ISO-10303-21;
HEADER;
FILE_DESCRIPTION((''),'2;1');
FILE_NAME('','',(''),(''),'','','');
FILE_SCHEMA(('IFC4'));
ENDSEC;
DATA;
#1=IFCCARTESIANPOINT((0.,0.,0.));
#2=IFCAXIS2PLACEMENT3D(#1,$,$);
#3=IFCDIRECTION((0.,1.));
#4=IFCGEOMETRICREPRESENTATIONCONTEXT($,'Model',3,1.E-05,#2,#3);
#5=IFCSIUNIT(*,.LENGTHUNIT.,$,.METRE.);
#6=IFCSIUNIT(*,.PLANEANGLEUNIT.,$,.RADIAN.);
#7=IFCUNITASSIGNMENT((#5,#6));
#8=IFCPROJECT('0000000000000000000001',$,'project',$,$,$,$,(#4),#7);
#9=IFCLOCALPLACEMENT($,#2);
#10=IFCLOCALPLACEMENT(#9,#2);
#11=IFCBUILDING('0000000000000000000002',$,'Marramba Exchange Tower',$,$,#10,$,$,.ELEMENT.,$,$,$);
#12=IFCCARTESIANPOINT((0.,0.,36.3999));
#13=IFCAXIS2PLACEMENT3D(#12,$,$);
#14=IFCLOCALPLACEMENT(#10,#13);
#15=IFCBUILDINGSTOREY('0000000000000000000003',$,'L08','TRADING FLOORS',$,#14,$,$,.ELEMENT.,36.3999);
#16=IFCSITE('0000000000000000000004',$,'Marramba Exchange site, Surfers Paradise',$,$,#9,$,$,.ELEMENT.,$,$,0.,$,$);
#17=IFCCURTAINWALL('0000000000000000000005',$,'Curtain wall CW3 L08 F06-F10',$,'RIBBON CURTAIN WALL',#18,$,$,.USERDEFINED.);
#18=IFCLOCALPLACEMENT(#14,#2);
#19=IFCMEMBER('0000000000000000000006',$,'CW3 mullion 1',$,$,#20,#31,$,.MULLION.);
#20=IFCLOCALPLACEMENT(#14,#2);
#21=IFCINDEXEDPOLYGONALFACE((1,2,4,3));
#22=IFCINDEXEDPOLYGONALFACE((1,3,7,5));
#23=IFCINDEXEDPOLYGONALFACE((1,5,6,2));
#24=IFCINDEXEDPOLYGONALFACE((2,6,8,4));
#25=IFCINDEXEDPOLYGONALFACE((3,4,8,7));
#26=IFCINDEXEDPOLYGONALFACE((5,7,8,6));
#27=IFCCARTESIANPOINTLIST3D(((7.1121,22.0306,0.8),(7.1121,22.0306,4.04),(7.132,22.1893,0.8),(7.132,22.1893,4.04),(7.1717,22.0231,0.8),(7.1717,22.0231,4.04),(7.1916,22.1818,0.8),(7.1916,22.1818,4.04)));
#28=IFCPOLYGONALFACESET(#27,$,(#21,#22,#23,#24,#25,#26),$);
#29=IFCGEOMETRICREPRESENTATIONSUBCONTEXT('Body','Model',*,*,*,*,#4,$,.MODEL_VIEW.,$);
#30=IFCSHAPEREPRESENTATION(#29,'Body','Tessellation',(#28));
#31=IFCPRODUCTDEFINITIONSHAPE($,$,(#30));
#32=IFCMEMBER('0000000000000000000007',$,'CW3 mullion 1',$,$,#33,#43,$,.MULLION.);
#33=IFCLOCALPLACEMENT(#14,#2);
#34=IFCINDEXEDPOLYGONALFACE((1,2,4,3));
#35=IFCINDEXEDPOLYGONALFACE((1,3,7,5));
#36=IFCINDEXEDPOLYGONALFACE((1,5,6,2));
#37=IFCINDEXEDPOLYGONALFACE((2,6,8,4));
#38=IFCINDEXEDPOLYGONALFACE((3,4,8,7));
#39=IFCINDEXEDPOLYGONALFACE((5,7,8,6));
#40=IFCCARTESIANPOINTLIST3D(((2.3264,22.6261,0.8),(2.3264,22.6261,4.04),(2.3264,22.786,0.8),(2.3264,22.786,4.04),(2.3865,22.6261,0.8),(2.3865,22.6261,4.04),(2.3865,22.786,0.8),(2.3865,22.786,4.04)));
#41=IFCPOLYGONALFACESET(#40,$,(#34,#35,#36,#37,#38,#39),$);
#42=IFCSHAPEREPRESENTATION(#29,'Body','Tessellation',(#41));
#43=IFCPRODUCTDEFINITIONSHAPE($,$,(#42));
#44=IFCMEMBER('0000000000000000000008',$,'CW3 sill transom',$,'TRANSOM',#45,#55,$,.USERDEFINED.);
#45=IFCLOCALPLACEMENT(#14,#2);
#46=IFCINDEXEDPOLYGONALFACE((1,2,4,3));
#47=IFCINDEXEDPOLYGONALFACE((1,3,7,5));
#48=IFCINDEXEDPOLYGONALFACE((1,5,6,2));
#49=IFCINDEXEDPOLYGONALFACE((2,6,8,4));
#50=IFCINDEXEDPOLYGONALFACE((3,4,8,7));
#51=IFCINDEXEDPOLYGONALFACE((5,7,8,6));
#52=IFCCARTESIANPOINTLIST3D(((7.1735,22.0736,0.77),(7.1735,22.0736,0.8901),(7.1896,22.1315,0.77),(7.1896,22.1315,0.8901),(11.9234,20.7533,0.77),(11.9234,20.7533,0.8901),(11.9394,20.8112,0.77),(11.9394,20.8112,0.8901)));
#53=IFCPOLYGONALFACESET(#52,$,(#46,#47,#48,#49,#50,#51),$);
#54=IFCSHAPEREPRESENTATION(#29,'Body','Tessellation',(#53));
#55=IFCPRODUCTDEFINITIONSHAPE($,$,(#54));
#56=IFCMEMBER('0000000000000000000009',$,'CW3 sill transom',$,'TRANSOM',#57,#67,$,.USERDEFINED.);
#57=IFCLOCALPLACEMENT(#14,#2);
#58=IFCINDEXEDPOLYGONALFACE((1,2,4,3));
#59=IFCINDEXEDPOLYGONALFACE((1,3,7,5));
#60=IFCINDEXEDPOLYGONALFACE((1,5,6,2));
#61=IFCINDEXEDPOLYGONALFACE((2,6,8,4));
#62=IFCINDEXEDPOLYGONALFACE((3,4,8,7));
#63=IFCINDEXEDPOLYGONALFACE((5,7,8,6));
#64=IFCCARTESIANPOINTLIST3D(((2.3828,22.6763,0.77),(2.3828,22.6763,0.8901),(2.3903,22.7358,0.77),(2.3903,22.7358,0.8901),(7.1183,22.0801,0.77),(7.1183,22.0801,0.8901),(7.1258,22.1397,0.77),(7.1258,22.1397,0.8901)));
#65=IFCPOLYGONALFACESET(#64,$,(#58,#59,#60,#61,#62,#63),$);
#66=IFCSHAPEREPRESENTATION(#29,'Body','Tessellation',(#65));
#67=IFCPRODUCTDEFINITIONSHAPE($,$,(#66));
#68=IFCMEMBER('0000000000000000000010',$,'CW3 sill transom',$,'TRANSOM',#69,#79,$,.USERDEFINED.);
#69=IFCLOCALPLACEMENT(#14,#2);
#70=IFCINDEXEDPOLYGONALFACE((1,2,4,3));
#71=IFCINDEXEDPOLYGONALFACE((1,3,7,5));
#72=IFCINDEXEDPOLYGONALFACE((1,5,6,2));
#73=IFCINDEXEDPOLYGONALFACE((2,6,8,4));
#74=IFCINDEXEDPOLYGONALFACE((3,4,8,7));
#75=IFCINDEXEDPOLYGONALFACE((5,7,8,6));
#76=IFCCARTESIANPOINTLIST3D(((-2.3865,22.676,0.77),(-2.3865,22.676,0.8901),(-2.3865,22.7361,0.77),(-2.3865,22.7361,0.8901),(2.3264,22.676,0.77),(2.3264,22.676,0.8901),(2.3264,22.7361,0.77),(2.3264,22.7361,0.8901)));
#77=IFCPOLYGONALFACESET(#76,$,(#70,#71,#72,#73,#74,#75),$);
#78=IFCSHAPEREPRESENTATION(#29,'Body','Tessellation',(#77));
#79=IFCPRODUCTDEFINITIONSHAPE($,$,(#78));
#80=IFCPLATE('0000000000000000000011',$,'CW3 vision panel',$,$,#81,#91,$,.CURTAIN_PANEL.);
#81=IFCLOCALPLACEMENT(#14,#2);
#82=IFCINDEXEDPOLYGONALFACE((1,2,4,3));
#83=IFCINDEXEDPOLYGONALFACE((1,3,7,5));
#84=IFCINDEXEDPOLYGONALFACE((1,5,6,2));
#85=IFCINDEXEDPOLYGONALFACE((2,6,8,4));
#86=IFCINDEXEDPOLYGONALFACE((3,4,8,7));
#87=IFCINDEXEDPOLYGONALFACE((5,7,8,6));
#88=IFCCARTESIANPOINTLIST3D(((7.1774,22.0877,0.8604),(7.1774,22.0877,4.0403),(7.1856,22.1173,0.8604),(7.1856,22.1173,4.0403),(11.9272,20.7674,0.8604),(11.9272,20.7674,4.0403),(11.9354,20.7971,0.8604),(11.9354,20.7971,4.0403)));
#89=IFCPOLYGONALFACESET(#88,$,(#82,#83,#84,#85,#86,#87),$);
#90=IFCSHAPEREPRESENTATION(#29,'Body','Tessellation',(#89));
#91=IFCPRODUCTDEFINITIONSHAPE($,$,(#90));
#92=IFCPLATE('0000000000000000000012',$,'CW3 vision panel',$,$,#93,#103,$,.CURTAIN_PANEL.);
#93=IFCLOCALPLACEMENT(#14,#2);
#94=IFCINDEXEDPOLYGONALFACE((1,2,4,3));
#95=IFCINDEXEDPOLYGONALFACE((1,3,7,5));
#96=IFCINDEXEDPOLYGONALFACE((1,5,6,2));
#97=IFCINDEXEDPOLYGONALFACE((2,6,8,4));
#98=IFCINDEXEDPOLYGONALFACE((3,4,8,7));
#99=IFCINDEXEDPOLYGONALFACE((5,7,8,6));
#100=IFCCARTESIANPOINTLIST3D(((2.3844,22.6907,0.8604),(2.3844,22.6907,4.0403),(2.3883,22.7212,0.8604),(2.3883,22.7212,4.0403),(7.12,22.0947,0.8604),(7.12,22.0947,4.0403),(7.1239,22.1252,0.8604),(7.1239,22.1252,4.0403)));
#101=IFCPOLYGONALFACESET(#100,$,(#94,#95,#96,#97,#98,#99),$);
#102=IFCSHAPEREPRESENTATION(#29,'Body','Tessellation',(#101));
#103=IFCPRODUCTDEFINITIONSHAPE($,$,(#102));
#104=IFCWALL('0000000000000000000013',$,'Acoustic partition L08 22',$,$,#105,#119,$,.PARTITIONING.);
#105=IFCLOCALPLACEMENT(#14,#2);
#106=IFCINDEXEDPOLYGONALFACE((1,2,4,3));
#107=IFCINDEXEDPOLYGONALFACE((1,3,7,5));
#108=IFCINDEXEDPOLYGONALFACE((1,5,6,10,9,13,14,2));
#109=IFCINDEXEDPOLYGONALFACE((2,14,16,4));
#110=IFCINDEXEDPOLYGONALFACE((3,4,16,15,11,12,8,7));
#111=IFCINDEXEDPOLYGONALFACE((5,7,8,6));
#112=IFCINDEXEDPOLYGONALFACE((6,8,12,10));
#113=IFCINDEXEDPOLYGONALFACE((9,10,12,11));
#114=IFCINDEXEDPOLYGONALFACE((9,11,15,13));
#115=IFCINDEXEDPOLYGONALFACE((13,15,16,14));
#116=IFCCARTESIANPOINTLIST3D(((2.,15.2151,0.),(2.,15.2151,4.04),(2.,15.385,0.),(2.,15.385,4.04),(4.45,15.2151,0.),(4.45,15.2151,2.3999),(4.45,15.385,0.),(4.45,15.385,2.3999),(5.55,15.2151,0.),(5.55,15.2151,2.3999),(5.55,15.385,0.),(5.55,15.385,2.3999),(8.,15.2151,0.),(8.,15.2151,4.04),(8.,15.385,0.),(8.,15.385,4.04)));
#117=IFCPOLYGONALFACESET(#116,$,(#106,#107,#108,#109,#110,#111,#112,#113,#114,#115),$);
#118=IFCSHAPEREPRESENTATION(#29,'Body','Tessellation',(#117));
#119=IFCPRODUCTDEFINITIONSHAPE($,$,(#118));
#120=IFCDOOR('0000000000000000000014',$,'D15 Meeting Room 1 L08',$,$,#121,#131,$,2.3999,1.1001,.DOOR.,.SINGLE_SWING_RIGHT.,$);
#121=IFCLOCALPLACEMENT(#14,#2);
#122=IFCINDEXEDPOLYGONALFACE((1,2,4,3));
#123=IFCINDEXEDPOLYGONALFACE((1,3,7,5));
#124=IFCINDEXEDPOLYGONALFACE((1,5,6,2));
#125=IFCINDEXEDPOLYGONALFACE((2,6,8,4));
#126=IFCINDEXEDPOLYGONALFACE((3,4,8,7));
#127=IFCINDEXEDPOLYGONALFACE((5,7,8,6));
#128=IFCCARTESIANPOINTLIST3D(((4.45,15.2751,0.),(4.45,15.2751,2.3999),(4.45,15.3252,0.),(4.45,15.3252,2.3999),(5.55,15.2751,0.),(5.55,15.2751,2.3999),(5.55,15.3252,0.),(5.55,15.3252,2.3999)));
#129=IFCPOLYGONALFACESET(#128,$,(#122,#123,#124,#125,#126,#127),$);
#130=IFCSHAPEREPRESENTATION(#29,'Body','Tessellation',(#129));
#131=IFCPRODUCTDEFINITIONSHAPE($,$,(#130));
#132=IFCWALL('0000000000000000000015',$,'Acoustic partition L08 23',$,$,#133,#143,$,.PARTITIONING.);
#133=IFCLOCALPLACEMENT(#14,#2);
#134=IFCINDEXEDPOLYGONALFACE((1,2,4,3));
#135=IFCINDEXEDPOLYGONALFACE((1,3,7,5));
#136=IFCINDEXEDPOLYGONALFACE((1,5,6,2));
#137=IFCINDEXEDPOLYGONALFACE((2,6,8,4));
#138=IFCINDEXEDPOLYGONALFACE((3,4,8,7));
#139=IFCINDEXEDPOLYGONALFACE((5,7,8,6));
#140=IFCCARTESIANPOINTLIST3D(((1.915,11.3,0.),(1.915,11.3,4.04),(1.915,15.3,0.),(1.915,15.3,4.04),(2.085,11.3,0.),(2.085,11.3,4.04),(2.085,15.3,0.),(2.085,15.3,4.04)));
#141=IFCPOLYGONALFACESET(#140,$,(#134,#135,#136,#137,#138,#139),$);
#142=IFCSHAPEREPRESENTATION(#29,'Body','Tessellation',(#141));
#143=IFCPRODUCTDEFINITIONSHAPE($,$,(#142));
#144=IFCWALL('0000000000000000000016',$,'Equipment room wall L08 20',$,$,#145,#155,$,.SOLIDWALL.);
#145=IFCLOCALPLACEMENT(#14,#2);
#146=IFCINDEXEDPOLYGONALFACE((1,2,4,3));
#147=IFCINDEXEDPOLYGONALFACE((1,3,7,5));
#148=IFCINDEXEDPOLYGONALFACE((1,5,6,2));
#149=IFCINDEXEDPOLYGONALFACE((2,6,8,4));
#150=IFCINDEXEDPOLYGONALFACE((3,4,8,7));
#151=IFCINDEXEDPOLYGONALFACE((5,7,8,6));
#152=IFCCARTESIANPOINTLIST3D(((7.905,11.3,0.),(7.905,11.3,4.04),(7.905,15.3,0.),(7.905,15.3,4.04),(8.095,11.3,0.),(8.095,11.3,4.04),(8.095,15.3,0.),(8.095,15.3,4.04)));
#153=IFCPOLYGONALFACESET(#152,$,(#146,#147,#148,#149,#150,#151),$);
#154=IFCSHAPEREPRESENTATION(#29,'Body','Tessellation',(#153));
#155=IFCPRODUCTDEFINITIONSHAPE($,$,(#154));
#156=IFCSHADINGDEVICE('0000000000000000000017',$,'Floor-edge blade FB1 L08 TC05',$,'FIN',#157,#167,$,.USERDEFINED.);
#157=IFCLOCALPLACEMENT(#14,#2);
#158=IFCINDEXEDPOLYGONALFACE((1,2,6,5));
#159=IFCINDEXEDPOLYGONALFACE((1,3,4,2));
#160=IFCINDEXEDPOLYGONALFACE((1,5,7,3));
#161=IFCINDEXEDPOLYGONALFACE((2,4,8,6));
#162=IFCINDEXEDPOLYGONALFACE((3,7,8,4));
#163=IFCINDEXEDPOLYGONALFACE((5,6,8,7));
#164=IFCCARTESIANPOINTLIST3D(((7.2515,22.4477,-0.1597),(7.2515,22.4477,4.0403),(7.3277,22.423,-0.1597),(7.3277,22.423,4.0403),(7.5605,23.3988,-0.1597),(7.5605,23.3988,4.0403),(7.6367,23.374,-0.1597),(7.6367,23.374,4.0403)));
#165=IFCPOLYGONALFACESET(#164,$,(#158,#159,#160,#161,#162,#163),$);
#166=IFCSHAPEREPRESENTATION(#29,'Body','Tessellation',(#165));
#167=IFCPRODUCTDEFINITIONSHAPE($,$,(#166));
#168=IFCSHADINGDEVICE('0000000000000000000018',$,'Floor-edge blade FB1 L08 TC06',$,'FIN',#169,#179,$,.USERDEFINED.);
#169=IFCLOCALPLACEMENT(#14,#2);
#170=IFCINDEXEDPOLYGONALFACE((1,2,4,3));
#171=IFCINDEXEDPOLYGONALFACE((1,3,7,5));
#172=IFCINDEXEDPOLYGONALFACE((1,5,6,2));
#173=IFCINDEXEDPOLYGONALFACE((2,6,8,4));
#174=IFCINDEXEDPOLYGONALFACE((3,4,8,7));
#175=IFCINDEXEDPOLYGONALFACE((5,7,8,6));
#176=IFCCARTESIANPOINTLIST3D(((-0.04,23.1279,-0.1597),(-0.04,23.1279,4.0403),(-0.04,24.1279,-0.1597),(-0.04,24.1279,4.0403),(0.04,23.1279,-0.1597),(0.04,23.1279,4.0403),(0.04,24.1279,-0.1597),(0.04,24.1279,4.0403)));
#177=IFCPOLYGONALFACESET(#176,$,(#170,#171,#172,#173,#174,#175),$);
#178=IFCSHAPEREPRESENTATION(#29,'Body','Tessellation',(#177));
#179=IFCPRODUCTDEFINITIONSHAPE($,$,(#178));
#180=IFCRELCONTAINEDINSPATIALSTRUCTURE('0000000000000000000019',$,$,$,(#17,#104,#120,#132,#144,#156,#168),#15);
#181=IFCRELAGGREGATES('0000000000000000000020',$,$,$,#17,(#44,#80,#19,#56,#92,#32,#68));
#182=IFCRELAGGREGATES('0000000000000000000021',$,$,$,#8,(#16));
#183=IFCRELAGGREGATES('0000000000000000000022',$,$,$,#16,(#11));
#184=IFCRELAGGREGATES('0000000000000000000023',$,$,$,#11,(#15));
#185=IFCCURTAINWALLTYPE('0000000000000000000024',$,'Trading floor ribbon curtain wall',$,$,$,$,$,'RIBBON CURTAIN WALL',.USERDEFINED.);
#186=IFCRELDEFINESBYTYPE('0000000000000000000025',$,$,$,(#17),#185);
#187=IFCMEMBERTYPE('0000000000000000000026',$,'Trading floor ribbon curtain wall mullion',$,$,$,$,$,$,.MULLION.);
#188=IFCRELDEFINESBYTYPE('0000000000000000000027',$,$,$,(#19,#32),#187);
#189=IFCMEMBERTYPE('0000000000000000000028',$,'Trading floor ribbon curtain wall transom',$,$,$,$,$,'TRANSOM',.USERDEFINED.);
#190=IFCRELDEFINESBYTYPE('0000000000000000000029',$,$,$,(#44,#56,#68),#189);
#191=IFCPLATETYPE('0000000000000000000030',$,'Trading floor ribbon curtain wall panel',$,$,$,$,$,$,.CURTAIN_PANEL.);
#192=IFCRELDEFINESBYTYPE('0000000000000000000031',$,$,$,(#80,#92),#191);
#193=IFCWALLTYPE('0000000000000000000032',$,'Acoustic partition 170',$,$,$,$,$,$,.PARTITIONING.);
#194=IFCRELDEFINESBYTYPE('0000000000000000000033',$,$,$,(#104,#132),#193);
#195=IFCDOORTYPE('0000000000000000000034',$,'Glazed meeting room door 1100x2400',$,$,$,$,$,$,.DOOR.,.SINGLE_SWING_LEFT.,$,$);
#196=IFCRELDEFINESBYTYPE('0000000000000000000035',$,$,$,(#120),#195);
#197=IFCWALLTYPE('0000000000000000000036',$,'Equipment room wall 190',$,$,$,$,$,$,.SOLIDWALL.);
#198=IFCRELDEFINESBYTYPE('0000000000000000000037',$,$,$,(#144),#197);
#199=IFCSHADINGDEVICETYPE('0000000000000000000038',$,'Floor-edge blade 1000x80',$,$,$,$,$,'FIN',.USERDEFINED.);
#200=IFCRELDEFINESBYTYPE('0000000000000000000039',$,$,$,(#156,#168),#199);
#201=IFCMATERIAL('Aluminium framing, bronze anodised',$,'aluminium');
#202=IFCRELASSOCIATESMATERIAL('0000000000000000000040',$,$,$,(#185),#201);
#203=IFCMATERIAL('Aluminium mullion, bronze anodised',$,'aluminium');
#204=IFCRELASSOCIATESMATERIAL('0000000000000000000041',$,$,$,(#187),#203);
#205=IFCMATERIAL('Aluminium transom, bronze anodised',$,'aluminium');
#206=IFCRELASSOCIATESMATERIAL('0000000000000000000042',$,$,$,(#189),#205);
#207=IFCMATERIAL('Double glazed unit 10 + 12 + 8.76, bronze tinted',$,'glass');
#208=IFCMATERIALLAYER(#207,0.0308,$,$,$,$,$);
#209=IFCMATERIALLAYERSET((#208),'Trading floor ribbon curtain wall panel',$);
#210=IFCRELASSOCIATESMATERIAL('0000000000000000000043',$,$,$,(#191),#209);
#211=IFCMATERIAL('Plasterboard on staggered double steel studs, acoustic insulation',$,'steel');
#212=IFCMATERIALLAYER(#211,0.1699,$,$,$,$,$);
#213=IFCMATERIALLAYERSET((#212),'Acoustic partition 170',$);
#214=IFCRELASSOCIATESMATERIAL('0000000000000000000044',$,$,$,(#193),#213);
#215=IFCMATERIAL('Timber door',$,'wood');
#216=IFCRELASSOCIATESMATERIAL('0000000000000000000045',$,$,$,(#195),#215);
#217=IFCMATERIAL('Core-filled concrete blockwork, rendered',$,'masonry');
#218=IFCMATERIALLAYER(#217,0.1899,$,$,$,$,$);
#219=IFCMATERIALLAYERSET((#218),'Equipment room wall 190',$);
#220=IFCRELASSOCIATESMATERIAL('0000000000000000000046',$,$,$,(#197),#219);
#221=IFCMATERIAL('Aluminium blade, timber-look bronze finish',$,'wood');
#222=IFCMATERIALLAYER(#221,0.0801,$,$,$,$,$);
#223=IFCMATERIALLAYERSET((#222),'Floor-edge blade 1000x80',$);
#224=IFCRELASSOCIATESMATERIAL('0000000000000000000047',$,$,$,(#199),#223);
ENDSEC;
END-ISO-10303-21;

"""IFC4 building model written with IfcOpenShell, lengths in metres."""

from ifc_helpers import new_model, si_unit, direction, frame, frame_2d, origin, origin_2d, place, context, subcontext, project, spatial, rectangle, extrude, material, layer, layer_set, material_profile, profile_set, type_object, element, fill, aggregate, save


model = new_model("IFC4")

# Units and contexts
model_context = context("Model", 3, precision=1e-05, world=origin(), true_north=direction((0.0, 1.0)))
body_context = subcontext(model_context, "Body", "Model", "MODEL_VIEW")
ifc_project = project(units=[si_unit("LENGTHUNIT", "METRE"), si_unit("PLANEANGLEUNIT", "RADIAN")], contexts=[model_context])

# Site, building, storey
site_placement = place(None, origin())
site = spatial("IfcSite", under=ifc_project, at=site_placement, Name="Marramba Exchange site, Surfers Paradise", CompositionType="ELEMENT", RefElevation=0.0)
building_placement = place(site_placement, origin())
building = spatial("IfcBuilding", under=site, at=building_placement, Name="Marramba Exchange Tower", CompositionType="ELEMENT")
storey_placement = place(building_placement, frame((0.0, 0.0, 36.3999)))
storey = spatial("IfcBuildingStorey", under=building, at=storey_placement, Name="L08", Description="TRADING FLOORS", CompositionType="ELEMENT", Elevation=36.3999)

# Curtain wall, members, plates
ifc_material_1 = material(Name="Aluminium framing, bronze anodised", Category="aluminium")
curtain_wall_type = type_object("IfcCurtainWallType", Name="Trading floor ribbon curtain wall", ElementType="RIBBON CURTAIN WALL", PredefinedType="USERDEFINED", material=ifc_material_1)
curtain_wall_placement = place(storey_placement, origin())
curtain_wall = element("IfcCurtainWall", 1, at=curtain_wall_placement, inside=storey, type_object=curtain_wall_type, Name="Curtain wall CW3 L08 F06-F10", ObjectType="RIBBON CURTAIN WALL", PredefinedType="USERDEFINED")
ifc_material_2 = material(Name="Aluminium mullion, bronze anodised", Category="aluminium")
ifc_material_profile_1 = material_profile(ifc_material_2, rectangle(XDim=0.1599, YDim=0.0601, at=origin_2d()), Name="CW3 mullion 60x160")
ifc_profile_set_1 = profile_set([ifc_material_profile_1], Name="Aluminium mullion, bronze anodised")
member_type_1 = type_object("IfcMemberType", Name="Trading floor ribbon curtain wall mullion", PredefinedType="MULLION", material=ifc_profile_set_1)
member_1_placement = place(storey_placement, frame((7.1519, 22.1062, 0.8), z_axis=(0.0, 0.0, 1.0), x_axis=(-0.124873, -0.992173, 0.0)))
member_1 = element("IfcMember", 2, at=member_1_placement, type_object=member_type_1, Name="CW3 mullion 1", PredefinedType="MULLION", context=body_context, shape_type="SweptSolid", body=[
    extrude(rectangle(XDim=0.1599, YDim=0.0601, at=origin_2d()), origin(), (0.0, 0.0, 1.0), 3.24),
])
member_2_placement = place(storey_placement, frame((2.3564, 22.7061, 0.8), z_axis=(0.0, 0.0, 1.0), x_axis=(0.0, -1.0, 0.0)))
member_2 = element("IfcMember", 3, at=member_2_placement, type_object=member_type_1, Name="CW3 mullion 1", PredefinedType="MULLION", context=body_context, shape_type="SweptSolid", body=[
    extrude(rectangle(XDim=0.1599, YDim=0.0601, at=origin_2d()), origin(), (0.0, 0.0, 1.0), 3.24),
])
ifc_material_3 = material(Name="Aluminium transom, bronze anodised", Category="aluminium")
ifc_material_profile_2 = material_profile(ifc_material_3, rectangle(XDim=0.0601, YDim=0.1201, at=origin_2d()), Name="CW3 transom 60x120")
ifc_profile_set_2 = profile_set([ifc_material_profile_2], Name="Aluminium transom, bronze anodised")
member_type_2 = type_object("IfcMemberType", Name="Trading floor ribbon curtain wall transom", ElementType="TRANSOM", PredefinedType="USERDEFINED", material=ifc_profile_set_2)
member_3_placement = place(storey_placement, frame((11.9314, 20.7822, 0.8301), z_axis=(-0.963469, 0.26782, 0.0), x_axis=(-0.26782, -0.963469, 0.0)))
member_3 = element("IfcMember", 4, at=member_3_placement, type_object=member_type_2, Name="CW3 sill transom", ObjectType="TRANSOM", PredefinedType="USERDEFINED", context=body_context, shape_type="SweptSolid", body=[
    extrude(rectangle(XDim=0.0601, YDim=0.1201, at=origin_2d()), origin(), (0.0, 0.0, 1.0), 4.9299),
])
member_4_placement = place(storey_placement, frame((7.1221, 22.1099, 0.8301), z_axis=(-0.992168, 0.12491, 0.0), x_axis=(-0.12491, -0.992168, 0.0)))
member_4 = element("IfcMember", 5, at=member_4_placement, type_object=member_type_2, Name="CW3 sill transom", ObjectType="TRANSOM", PredefinedType="USERDEFINED", context=body_context, shape_type="SweptSolid", body=[
    extrude(rectangle(XDim=0.0601, YDim=0.1201, at=origin_2d()), origin(), (0.0, 0.0, 1.0), 4.7729),
])
member_5_placement = place(storey_placement, frame((2.3264, 22.7061, 0.8301), z_axis=(-1.0, 0.0, 0.0), x_axis=(0.0, -1.0, 0.0)))
member_5 = element("IfcMember", 6, at=member_5_placement, type_object=member_type_2, Name="CW3 sill transom", ObjectType="TRANSOM", PredefinedType="USERDEFINED", context=body_context, shape_type="SweptSolid", body=[
    extrude(rectangle(XDim=0.0601, YDim=0.1201, at=origin_2d()), origin(), (0.0, 0.0, 1.0), 4.7129),
])
ifc_material_4 = material(Name="Double glazed unit 10 + 12 + 8.76, bronze tinted", Category="glass")
ifc_layer_1 = layer(ifc_material_4, 0.0308)
ifc_layer_set_1 = layer_set([ifc_layer_1], Name="Trading floor ribbon curtain wall panel")
plate_type = type_object("IfcPlateType", Name="Trading floor ribbon curtain wall panel", PredefinedType="CURTAIN_PANEL", material=ifc_layer_set_1)
plate_1_placement = place(storey_placement, frame((9.5564, 21.4424, 0.8604), z_axis=(0.0, 0.0, 1.0), x_axis=(-0.963472, 0.267809, 0.0)))
plate_1 = element("IfcPlate", 7, at=plate_1_placement, type_object=plate_type, Name="CW3 vision panel", PredefinedType="CURTAIN_PANEL", context=body_context, shape_type="SweptSolid", body=[
    extrude(rectangle(XDim=4.9299, YDim=0.0308, at=origin_2d()), origin(), (0.0, 0.0, 1.0), 3.1799),
])
plate_2_placement = place(storey_placement, frame((4.7542, 22.408, 0.8604), z_axis=(0.0, 0.0, 1.0), x_axis=(-0.992173, 0.124873, 0.0)))
plate_2 = element("IfcPlate", 8, at=plate_2_placement, type_object=plate_type, Name="CW3 vision panel", PredefinedType="CURTAIN_PANEL", context=body_context, shape_type="SweptSolid", body=[
    extrude(rectangle(XDim=4.7729, YDim=0.0308, at=origin_2d()), origin(), (0.0, 0.0, 1.0), 3.1799),
])
aggregate(curtain_wall, [member_3, plate_1, member_1, member_4, plate_2, member_2, member_5])

# Wall, opening, door
ifc_material_5 = material(Name="Plasterboard on staggered double steel studs, acoustic insulation", Category="steel")
ifc_layer_2 = layer(ifc_material_5, 0.1699)
ifc_layer_set_2 = layer_set([ifc_layer_2], Name="Acoustic partition 170")
wall_type_1 = type_object("IfcWallType", Name="Acoustic partition 170", PredefinedType="PARTITIONING", material=ifc_layer_set_2)
wall_1_placement = place(storey_placement, frame((8.0, 15.3, 0.0), z_axis=(0.0, 0.0, 1.0), x_axis=(-1.0, 0.0, 0.0)))
wall_1 = element("IfcWall", 9, at=wall_1_placement, inside=storey, type_object=wall_type_1, Name="Acoustic partition L08 22", PredefinedType="PARTITIONING", context=body_context, shape_type="SweptSolid", body=[
    extrude(rectangle(XDim=6.0, YDim=0.1699, at=frame_2d((3.0, 0.0))), origin(), (0.0, 0.0, 1.0), 4.04),
])
opening_placement = place(wall_1_placement, frame((2.45, 0.0, 0.0)))
opening = element("IfcOpeningElement", 10, at=opening_placement, cuts=wall_1, PredefinedType="OPENING", context=body_context, shape_type="SweptSolid", body=[
    extrude(rectangle(XDim=1.1001, YDim=2.3999, at=frame_2d((0.55, 1.2))), frame((0.0, 0.095, 0.0), z_axis=(0.0, -1.0, 0.0), x_axis=(1.0, 0.0, 0.0)), (0.0, 0.0, 1.0), 0.1899),
])
ifc_material_6 = material(Name="Timber door", Category="wood")
door_type = type_object("IfcDoorType", Name="Glazed meeting room door 1100x2400", OperationType="SINGLE_SWING_LEFT", PredefinedType="DOOR", material=ifc_material_6)
door_placement = place(opening_placement, origin())
door = element("IfcDoor", 11, at=door_placement, inside=storey, type_object=door_type, Name="D15 Meeting Room 1 L08", OperationType="SINGLE_SWING_RIGHT", OverallHeight=2.3999, OverallWidth=1.1001, PredefinedType="DOOR", context=body_context, shape_type="SweptSolid", body=[
    extrude(rectangle(XDim=1.1001, YDim=2.3999, at=frame_2d((0.55, 1.2))), frame((0.0, 0.0249, 0.0), z_axis=(0.0, -1.0, 0.0), x_axis=(1.0, 0.0, 0.0)), (0.0, 0.0, 1.0), 0.05),
])
fill(opening, door)

# Walls
wall_2_placement = place(storey_placement, frame((2.0, 15.3, 0.0), z_axis=(0.0, 0.0, 1.0), x_axis=(0.0, -1.0, 0.0)))
element("IfcWall", 12, at=wall_2_placement, inside=storey, type_object=wall_type_1, Name="Acoustic partition L08 23", PredefinedType="PARTITIONING", context=body_context, shape_type="SweptSolid", body=[
    extrude(rectangle(XDim=4.0, YDim=0.1699, at=frame_2d((2.0, 0.0))), origin(), (0.0, 0.0, 1.0), 4.04),
])
ifc_material_7 = material(Name="Core-filled concrete blockwork, rendered", Category="masonry")
ifc_layer_3 = layer(ifc_material_7, 0.1899)
ifc_layer_set_3 = layer_set([ifc_layer_3], Name="Equipment room wall 190")
wall_type_2 = type_object("IfcWallType", Name="Equipment room wall 190", PredefinedType="SOLIDWALL", material=ifc_layer_set_3)
wall_3_placement = place(storey_placement, frame((8.0, 15.3, 0.0), z_axis=(0.0, 0.0, 1.0), x_axis=(0.0, -1.0, 0.0)))
element("IfcWall", 13, at=wall_3_placement, inside=storey, type_object=wall_type_2, Name="Equipment room wall L08 20", PredefinedType="SOLIDWALL", context=body_context, shape_type="SweptSolid", body=[
    extrude(rectangle(XDim=4.0, YDim=0.1899, at=frame_2d((2.0, 0.0))), origin(), (0.0, 0.0, 1.0), 4.04),
])

# Shading devices
ifc_material_8 = material(Name="Aluminium blade, timber-look bronze finish", Category="wood")
ifc_layer_4 = layer(ifc_material_8, 0.0801)
ifc_layer_set_4 = layer_set([ifc_layer_4], Name="Floor-edge blade 1000x80")
shading_device_type_1 = type_object("IfcShadingDeviceType", Name="Floor-edge blade 1000x80", ElementType="FIN", PredefinedType="USERDEFINED", material=ifc_layer_set_4)
for number, where, z_axis, x_axis, name in (
    (14, (7.4441, 22.9109, -0.1597), (0.0, 0.0, 1.0), (0.309017, 0.951057, 0.0), "Floor-edge blade FB1 L08 TC05"),
    (15, (0.0, 23.6279, -0.1597), (0.0, 0.0, 1.0), (0.0, 1.0, 0.0), "Floor-edge blade FB1 L08 TC06"),
):
    element("IfcShadingDevice", number, at=place(storey_placement, frame(where, z_axis=z_axis, x_axis=x_axis)), inside=storey, type_object=shading_device_type_1, Name=name, ObjectType="FIN", PredefinedType="USERDEFINED", context=body_context, shape_type="SweptSolid", body=[
        extrude(rectangle(XDim=1.0, YDim=0.0801, at=origin_2d()), origin(), (0.0, 0.0, 1.0), 4.2),
    ])

save(model, "model.ifc")
